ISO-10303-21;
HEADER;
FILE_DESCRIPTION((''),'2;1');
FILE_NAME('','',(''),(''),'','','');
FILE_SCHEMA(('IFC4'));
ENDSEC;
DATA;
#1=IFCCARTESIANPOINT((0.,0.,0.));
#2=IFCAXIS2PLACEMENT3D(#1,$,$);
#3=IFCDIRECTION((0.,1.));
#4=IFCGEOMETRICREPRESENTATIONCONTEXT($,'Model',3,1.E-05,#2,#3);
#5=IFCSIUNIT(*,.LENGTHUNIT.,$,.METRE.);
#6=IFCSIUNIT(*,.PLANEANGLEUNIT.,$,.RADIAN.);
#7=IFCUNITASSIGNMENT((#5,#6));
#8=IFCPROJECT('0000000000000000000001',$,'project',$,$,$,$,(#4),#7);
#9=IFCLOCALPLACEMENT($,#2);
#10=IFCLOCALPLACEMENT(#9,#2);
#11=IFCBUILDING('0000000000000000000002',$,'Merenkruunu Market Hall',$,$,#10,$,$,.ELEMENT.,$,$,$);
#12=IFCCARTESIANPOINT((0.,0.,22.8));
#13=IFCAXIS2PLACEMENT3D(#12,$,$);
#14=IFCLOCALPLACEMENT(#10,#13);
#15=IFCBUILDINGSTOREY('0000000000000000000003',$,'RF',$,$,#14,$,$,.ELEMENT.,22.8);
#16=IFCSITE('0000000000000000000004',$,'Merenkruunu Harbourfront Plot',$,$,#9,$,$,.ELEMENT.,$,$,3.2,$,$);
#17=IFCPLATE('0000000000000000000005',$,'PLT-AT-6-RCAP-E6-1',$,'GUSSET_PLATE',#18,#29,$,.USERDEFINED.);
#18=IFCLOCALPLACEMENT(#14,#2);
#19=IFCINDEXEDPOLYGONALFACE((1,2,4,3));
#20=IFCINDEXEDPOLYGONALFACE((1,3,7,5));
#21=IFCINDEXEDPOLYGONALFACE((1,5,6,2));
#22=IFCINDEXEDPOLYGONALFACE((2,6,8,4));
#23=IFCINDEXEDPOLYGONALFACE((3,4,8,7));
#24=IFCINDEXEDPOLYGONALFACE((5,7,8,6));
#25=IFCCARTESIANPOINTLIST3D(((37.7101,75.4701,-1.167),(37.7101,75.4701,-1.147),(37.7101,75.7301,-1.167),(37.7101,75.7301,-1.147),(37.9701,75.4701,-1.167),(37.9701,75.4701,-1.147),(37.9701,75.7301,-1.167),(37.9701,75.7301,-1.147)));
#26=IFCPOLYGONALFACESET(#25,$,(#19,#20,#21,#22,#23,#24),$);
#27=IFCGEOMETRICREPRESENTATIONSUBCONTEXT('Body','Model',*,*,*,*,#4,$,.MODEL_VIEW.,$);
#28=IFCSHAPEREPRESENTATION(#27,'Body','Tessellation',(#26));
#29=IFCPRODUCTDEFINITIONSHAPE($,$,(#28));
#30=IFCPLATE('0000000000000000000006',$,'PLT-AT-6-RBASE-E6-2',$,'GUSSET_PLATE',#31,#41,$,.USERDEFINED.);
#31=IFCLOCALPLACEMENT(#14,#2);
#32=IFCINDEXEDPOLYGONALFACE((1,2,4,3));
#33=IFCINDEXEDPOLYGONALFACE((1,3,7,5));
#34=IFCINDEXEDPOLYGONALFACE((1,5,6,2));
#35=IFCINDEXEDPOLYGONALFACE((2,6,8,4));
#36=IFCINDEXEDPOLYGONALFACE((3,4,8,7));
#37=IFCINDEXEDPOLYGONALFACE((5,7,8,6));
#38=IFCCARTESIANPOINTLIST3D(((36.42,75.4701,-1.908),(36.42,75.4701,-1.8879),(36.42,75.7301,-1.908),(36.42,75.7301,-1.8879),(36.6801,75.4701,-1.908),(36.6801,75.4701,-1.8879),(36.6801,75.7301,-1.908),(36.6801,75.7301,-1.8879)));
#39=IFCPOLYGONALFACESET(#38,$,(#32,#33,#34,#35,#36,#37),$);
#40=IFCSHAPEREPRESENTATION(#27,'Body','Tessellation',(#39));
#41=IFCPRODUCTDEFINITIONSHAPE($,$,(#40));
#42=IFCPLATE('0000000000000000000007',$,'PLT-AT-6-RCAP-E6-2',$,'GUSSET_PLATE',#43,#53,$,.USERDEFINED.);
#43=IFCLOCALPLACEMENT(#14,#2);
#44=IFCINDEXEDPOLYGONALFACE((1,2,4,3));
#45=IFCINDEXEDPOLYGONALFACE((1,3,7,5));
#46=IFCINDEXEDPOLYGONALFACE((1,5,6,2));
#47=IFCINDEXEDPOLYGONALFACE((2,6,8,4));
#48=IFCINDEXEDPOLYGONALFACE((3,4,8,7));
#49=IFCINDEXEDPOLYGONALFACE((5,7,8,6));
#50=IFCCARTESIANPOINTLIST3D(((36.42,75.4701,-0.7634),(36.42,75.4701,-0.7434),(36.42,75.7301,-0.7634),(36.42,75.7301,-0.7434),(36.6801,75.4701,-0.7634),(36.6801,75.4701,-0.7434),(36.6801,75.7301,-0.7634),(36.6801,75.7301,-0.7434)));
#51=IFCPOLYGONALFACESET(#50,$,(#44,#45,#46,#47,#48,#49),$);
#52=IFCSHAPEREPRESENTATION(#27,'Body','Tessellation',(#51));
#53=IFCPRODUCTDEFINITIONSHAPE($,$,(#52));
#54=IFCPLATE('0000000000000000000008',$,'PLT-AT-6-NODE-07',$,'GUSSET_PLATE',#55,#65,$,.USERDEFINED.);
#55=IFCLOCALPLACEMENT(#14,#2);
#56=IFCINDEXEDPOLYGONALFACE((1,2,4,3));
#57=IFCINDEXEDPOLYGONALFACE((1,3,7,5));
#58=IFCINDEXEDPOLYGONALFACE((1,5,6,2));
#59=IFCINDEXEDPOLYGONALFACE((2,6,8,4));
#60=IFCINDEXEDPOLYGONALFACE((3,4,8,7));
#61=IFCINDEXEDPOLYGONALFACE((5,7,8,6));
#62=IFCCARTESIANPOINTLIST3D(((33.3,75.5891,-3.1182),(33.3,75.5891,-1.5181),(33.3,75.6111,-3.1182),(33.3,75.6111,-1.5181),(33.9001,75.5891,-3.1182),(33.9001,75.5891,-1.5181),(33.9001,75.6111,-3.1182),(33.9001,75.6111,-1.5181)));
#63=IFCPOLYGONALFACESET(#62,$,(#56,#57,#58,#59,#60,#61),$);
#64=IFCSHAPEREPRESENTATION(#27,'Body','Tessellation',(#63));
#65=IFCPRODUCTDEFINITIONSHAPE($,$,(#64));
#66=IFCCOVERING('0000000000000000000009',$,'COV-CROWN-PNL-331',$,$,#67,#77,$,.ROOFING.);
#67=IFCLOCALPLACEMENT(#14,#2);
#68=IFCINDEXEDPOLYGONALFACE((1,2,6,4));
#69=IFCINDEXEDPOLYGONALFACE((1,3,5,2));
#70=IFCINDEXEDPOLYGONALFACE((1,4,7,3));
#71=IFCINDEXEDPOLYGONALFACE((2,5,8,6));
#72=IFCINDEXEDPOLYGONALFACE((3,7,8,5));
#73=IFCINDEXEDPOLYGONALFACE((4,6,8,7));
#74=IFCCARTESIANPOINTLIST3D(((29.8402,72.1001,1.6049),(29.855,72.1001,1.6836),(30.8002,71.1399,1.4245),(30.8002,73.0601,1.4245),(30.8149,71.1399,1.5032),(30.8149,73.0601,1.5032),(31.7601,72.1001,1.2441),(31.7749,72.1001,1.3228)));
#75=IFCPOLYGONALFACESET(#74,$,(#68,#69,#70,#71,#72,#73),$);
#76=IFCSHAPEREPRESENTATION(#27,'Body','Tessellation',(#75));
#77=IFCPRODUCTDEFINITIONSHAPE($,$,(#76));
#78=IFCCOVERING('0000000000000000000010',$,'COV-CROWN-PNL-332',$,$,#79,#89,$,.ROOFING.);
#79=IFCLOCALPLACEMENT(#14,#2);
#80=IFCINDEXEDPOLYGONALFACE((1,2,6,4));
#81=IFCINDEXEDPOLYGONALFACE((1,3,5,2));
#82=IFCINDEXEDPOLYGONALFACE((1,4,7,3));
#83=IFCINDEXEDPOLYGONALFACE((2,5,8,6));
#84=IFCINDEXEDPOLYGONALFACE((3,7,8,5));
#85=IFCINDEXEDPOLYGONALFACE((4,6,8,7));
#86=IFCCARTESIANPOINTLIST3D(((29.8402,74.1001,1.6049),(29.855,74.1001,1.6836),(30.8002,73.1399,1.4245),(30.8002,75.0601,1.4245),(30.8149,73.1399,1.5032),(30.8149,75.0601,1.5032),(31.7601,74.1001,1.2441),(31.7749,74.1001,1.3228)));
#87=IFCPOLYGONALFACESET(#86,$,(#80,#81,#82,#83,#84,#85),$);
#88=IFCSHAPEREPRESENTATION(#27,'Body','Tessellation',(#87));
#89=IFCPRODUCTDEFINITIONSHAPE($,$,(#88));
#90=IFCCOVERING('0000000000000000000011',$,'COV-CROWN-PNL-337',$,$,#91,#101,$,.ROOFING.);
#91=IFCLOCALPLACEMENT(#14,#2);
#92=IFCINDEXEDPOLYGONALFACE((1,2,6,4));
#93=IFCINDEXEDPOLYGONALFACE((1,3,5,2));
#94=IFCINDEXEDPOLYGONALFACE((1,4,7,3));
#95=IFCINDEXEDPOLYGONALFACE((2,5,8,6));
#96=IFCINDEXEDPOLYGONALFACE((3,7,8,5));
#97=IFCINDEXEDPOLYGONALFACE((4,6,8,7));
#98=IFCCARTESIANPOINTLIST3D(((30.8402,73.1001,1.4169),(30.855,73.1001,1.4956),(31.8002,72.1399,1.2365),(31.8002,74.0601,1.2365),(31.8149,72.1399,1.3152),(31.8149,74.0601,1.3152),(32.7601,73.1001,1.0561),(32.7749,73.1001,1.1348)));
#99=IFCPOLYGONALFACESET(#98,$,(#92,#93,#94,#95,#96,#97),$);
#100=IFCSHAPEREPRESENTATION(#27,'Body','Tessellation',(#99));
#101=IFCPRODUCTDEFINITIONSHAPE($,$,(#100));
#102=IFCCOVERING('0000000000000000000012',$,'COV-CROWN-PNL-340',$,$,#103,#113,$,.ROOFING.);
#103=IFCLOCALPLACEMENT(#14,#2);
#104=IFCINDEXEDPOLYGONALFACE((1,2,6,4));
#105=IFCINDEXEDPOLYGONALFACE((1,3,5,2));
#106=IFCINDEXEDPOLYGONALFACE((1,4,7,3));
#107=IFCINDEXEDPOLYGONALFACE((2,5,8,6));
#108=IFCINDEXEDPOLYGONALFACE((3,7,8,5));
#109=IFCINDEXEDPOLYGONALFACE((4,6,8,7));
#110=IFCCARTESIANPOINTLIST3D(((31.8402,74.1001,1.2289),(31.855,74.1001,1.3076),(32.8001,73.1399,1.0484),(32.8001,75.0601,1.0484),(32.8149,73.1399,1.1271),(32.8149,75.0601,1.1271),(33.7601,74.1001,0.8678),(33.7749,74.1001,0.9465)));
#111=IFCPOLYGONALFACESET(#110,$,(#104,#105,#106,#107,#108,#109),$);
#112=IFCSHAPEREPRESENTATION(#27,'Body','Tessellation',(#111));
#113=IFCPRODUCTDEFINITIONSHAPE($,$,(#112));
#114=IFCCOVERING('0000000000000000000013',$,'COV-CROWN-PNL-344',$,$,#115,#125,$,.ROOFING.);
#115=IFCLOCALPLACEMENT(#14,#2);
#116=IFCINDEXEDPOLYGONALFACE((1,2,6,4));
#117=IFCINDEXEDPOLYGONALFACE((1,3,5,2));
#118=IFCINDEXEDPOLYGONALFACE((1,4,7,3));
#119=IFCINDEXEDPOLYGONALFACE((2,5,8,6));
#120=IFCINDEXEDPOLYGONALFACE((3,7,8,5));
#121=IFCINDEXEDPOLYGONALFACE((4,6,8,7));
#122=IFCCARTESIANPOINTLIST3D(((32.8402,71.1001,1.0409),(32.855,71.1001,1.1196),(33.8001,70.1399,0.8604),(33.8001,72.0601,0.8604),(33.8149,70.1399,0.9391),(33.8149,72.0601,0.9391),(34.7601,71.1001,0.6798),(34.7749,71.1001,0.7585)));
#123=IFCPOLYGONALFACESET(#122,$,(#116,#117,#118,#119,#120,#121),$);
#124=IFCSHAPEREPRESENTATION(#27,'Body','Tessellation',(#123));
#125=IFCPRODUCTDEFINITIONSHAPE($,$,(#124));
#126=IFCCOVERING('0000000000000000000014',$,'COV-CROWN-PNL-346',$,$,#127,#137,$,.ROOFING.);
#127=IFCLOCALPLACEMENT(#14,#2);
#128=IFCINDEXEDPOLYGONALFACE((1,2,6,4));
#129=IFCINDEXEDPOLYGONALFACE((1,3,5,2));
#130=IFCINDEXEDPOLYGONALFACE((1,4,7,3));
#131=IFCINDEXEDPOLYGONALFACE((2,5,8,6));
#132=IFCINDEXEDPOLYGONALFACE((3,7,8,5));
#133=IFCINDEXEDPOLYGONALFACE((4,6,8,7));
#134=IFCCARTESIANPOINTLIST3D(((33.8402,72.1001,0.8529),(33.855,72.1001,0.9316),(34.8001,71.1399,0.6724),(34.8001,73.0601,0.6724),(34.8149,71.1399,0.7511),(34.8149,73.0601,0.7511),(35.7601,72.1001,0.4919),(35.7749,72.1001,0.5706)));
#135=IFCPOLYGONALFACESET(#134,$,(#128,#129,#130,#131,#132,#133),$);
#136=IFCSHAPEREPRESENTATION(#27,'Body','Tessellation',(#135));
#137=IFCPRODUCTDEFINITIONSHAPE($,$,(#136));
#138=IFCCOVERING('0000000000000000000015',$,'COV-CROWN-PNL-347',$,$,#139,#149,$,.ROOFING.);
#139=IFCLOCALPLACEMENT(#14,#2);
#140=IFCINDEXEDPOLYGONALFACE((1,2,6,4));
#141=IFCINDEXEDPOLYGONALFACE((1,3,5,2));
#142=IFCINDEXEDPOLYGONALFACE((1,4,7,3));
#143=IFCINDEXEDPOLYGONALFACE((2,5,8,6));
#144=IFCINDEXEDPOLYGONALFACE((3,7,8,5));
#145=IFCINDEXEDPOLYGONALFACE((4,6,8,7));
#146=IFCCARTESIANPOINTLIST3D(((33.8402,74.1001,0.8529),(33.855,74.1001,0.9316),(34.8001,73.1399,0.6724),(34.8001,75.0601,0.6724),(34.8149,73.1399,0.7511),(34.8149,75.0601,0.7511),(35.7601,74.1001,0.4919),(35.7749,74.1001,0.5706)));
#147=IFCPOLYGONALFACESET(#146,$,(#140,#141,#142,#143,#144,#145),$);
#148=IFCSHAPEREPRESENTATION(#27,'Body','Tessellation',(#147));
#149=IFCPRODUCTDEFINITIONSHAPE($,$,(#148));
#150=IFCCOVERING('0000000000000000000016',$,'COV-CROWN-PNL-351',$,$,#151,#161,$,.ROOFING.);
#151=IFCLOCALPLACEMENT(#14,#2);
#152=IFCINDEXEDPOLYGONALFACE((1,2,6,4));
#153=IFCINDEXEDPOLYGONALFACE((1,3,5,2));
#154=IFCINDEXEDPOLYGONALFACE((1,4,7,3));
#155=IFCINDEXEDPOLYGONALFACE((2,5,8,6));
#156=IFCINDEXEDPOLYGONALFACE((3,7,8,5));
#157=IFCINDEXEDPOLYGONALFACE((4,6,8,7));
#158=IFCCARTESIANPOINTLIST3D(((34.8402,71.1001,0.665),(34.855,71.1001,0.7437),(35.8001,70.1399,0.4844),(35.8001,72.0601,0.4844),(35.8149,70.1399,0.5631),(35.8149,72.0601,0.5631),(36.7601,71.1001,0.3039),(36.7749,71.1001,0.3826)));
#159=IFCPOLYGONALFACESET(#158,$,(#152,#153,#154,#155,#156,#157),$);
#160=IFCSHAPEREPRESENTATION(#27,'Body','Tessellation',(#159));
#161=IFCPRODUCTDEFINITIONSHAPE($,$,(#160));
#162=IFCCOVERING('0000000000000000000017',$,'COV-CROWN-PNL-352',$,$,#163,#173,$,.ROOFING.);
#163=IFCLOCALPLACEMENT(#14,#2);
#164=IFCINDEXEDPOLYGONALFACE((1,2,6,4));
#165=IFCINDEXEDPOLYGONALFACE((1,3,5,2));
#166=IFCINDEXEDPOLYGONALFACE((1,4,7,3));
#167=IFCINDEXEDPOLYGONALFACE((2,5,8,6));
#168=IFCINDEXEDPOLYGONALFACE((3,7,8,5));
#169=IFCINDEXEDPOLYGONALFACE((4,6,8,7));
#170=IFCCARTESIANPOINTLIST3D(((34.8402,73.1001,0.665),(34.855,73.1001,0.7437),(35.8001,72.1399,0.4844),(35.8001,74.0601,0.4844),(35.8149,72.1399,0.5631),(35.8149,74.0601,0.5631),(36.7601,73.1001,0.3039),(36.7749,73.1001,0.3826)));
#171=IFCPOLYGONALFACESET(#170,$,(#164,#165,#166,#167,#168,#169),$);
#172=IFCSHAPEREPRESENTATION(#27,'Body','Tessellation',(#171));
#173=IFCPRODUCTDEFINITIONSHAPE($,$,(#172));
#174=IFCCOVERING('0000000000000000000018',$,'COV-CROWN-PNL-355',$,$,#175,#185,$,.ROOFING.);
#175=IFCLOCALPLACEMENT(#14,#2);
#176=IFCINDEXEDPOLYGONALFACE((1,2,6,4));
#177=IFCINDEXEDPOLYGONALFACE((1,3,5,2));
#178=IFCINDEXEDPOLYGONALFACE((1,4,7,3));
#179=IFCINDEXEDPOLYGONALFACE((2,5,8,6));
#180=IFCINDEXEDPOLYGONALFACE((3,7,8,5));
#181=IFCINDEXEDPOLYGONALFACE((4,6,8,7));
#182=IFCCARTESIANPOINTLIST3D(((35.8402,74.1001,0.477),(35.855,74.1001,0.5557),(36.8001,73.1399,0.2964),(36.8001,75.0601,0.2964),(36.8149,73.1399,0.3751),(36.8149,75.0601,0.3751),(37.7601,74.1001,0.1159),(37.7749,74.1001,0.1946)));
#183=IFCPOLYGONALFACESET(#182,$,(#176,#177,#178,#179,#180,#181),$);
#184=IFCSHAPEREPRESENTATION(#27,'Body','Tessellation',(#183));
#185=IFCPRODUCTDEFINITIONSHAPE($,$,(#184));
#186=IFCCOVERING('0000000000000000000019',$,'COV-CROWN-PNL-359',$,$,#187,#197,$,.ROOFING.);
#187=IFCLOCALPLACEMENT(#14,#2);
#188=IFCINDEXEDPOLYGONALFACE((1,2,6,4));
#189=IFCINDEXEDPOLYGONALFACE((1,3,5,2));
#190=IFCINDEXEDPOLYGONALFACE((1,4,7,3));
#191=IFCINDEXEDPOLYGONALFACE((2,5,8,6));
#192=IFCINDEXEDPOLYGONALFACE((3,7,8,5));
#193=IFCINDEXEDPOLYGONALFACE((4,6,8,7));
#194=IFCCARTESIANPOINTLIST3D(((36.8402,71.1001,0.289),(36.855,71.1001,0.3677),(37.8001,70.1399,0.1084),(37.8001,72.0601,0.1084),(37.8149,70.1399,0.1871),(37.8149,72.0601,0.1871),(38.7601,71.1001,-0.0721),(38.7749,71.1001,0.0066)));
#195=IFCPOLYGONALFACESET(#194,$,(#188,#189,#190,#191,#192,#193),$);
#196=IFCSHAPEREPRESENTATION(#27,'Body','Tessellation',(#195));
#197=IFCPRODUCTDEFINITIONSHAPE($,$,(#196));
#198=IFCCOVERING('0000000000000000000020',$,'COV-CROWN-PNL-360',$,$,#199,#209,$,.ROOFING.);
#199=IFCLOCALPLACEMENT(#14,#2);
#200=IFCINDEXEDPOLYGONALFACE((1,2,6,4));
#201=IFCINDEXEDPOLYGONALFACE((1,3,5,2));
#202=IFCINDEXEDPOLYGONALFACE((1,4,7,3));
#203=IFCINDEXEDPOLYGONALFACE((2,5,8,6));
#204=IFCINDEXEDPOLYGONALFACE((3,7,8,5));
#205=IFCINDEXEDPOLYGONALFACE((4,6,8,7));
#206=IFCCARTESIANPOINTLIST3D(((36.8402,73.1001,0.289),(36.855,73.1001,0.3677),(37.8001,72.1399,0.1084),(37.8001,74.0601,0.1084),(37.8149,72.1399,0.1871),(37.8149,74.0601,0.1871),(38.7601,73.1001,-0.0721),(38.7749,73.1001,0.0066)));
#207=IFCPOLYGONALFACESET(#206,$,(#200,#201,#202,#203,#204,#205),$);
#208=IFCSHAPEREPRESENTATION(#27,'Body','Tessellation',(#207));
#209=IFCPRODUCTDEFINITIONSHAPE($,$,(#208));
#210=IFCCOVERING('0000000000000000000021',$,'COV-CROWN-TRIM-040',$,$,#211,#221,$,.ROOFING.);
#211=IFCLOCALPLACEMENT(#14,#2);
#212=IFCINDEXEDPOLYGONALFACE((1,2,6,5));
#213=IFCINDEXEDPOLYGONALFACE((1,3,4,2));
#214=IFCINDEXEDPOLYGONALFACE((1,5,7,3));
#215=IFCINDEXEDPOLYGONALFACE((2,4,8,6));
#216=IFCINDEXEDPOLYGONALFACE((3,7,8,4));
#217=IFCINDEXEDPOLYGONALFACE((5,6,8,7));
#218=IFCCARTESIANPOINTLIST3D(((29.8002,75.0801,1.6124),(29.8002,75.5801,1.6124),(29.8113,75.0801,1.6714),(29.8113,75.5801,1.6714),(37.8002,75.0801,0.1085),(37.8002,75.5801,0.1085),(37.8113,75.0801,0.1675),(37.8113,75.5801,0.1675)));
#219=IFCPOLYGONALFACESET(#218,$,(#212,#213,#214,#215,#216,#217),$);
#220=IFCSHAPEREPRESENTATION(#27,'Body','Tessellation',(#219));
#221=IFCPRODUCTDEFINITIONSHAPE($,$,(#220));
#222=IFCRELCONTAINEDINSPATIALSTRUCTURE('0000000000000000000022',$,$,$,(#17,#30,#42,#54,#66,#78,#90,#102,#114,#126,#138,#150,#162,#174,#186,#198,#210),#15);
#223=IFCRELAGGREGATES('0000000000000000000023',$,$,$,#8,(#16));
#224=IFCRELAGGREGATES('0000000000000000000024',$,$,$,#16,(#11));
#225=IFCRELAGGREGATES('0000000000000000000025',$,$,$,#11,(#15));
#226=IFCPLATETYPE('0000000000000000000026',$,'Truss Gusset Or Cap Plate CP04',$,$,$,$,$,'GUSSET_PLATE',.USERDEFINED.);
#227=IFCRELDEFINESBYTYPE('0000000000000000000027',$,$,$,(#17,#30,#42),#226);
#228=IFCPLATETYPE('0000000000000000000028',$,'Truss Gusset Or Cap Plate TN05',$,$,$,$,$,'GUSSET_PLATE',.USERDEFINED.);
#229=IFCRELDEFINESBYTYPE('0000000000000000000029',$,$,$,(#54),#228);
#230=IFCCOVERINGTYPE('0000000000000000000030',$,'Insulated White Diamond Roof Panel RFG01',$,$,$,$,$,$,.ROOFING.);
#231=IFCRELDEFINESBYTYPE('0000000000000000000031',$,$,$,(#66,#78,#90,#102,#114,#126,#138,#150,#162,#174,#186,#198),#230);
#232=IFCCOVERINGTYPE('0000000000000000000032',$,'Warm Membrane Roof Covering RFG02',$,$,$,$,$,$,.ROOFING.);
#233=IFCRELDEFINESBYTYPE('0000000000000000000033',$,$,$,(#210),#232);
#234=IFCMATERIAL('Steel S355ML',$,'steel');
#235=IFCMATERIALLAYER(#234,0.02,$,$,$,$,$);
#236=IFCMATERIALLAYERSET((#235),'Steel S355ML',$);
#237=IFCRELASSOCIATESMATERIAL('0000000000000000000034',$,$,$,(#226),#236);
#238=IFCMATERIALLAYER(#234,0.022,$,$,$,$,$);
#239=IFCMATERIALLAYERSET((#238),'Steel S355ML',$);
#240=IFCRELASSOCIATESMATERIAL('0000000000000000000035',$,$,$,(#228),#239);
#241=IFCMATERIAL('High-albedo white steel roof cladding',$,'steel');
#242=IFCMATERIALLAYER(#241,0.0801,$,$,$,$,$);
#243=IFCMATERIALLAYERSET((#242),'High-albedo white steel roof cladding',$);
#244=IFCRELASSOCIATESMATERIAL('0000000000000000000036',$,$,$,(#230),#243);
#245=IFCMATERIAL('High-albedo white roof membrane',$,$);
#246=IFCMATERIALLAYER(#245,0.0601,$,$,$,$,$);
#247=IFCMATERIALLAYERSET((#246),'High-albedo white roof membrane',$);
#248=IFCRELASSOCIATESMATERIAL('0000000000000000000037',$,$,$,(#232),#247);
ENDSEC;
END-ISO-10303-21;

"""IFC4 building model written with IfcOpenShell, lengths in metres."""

from ifc_helpers import new_model, si_unit, direction, frame, origin, origin_2d, place, context, subcontext, project, spatial, polyline, rectangle, outline, extrude, material, layer, layer_set, type_object, element, save


model = new_model("IFC4")

# Units and contexts
model_context = context("Model", 3, precision=1e-05, world=origin(), true_north=direction((0.0, 1.0)))
body_context = subcontext(model_context, "Body", "Model", "MODEL_VIEW")
ifc_project = project(units=[si_unit("LENGTHUNIT", "METRE"), si_unit("PLANEANGLEUNIT", "RADIAN")], contexts=[model_context])

# Site, building, storey
site_placement = place(None, origin())
site = spatial("IfcSite", under=ifc_project, at=site_placement, Name="Merenkruunu Harbourfront Plot", CompositionType="ELEMENT", RefElevation=3.2)
building_placement = place(site_placement, origin())
building = spatial("IfcBuilding", under=site, at=building_placement, Name="Merenkruunu Market Hall", CompositionType="ELEMENT")
storey_placement = place(building_placement, frame((0.0, 0.0, 22.8)))
storey = spatial("IfcBuildingStorey", under=building, at=storey_placement, Name="RF", CompositionType="ELEMENT", Elevation=22.8)

# Shared definitions
ifc_material_1 = material(Name="Steel S355ML", Category="steel")

# Plates
ifc_layer_1 = layer(ifc_material_1, 0.02)
ifc_layer_set_1 = layer_set([ifc_layer_1], Name="Steel S355ML")
plate_type_1 = type_object("IfcPlateType", Name="Truss Gusset Or Cap Plate CP04", ElementType="GUSSET_PLATE", PredefinedType="USERDEFINED", material=ifc_layer_set_1)
for number, where, z_axis, x_axis, name in (
    (1, (37.8401, 75.6001, -1.167), (0.0, 0.0, 1.0), (1.0, 0.0, 0.0), "PLT-AT-6-RCAP-E6-1"),
    (2, (36.55, 75.6001, -1.908), (0.0, 0.0, 1.0), (1.0, 0.0, 0.0), "PLT-AT-6-RBASE-E6-2"),
    (3, (36.55, 75.6001, -0.7634), (0.0, 0.0, 1.0), (1.0, 0.0, 0.0), "PLT-AT-6-RCAP-E6-2"),
):
    element("IfcPlate", number, at=place(storey_placement, frame(where, z_axis=z_axis, x_axis=x_axis)), inside=storey, type_object=plate_type_1, Name=name, ObjectType="GUSSET_PLATE", PredefinedType="USERDEFINED", context=body_context, shape_type="SweptSolid", body=[
        extrude(rectangle(XDim=0.26, YDim=0.26, at=origin_2d()), origin(), (0.0, 0.0, 1.0), 0.02),
    ])
ifc_layer_2 = layer(ifc_material_1, 0.022)
ifc_layer_set_2 = layer_set([ifc_layer_2], Name="Steel S355ML")
plate_type_2 = type_object("IfcPlateType", Name="Truss Gusset Or Cap Plate TN05", ElementType="GUSSET_PLATE", PredefinedType="USERDEFINED", material=ifc_layer_set_2)
plate_placement = place(storey_placement, frame((33.6001, 75.6001, -3.1182), z_axis=(0.0, 0.0, 1.0), x_axis=(1.0, 0.0, 0.0)))
element("IfcPlate", 4, at=plate_placement, inside=storey, type_object=plate_type_2, Name="PLT-AT-6-NODE-07", ObjectType="GUSSET_PLATE", PredefinedType="USERDEFINED", context=body_context, shape_type="SweptSolid", body=[
    extrude(rectangle(XDim=0.6001, YDim=0.022, at=origin_2d()), origin(), (0.0, 0.0, 1.0), 1.6001),
])

# Coverings
ifc_material_2 = material(Name="High-albedo white steel roof cladding", Category="steel")
ifc_layer_3 = layer(ifc_material_2, 0.0801)
ifc_layer_set_3 = layer_set([ifc_layer_3], Name="High-albedo white steel roof cladding")
covering_type_1 = type_object("IfcCoveringType", Name="Insulated White Diamond Roof Panel RFG01", PredefinedType="ROOFING", material=ifc_layer_set_3)
for number, where, z_axis, x_axis, name in (
    (5, (29.855, 72.1001, 1.6836), (0.184711, 0.0, 0.982793), (0.700856, -0.701035, -0.131722), "COV-CROWN-PNL-331"),
    (6, (29.855, 74.1001, 1.6836), (0.184711, 0.0, 0.982793), (0.700856, -0.701035, -0.131722), "COV-CROWN-PNL-332"),
    (7, (30.855, 73.1001, 1.4956), (0.184711, 0.0, 0.982793), (0.700856, -0.701035, -0.131722), "COV-CROWN-PNL-337"),
):
    element("IfcCovering", number, at=place(storey_placement, frame(where, z_axis=z_axis, x_axis=x_axis)), inside=storey, type_object=covering_type_1, Name=name, PredefinedType="ROOFING", context=body_context, shape_type="SweptSolid", body=[
        extrude(outline(polyline([(0.0, 0.0), (1.3697, 0.0), (1.3931, 1.3695), (0.0236, 1.3693), (0.0, 0.0)])), origin(), (0.0, 0.0, -1.0), 0.0801),
    ])
for number, where, z_axis, x_axis, name in (
    (8, (31.855, 74.1001, 1.3076), (0.184832, 0.0, 0.98277), (0.70084, -0.701035, -0.131809), "COV-CROWN-PNL-340"),
    (9, (32.855, 71.1001, 1.1196), (0.184832, 0.0, 0.98277), (0.70084, -0.701035, -0.131809), "COV-CROWN-PNL-344"),
    (10, (33.855, 72.1001, 0.9316), (0.184832, 0.0, 0.98277), (0.70084, -0.701035, -0.131809), "COV-CROWN-PNL-346"),
    (11, (33.855, 74.1001, 0.9316), (0.184832, 0.0, 0.98277), (0.70084, -0.701035, -0.131809), "COV-CROWN-PNL-347"),
    (12, (34.855, 71.1001, 0.7437), (0.184832, 0.0, 0.98277), (0.70084, -0.701035, -0.131809), "COV-CROWN-PNL-351"),
    (13, (34.855, 73.1001, 0.7437), (0.184832, 0.0, 0.98277), (0.70084, -0.701035, -0.131809), "COV-CROWN-PNL-352"),
    (14, (35.855, 74.1001, 0.5557), (0.184832, 0.0, 0.98277), (0.70084, -0.701035, -0.131809), "COV-CROWN-PNL-355"),
    (15, (36.855, 71.1001, 0.3677), (0.184832, 0.0, 0.98277), (0.70084, -0.701035, -0.131809), "COV-CROWN-PNL-359"),
    (16, (36.855, 73.1001, 0.3677), (0.184832, 0.0, 0.98277), (0.70084, -0.701035, -0.131809), "COV-CROWN-PNL-360"),
):
    element("IfcCovering", number, at=place(storey_placement, frame(where, z_axis=z_axis, x_axis=x_axis)), inside=storey, type_object=covering_type_1, Name=name, PredefinedType="ROOFING", context=body_context, shape_type="SweptSolid", body=[
        extrude(outline(polyline([(0.0, 0.0), (1.3697, 0.0), (1.3932, 1.3695), (0.0236, 1.3693), (0.0, 0.0)])), origin(), (0.0, 0.0, -1.0), 0.0801),
    ])
ifc_material_3 = material(Name="High-albedo white roof membrane")
ifc_layer_4 = layer(ifc_material_3, 0.0601)
ifc_layer_set_4 = layer_set([ifc_layer_4], Name="High-albedo white roof membrane")
covering_type_2 = type_object("IfcCoveringType", Name="Warm Membrane Roof Covering RFG02", PredefinedType="ROOFING", material=ifc_layer_set_4)
covering_placement = place(storey_placement, frame((29.8113, 75.0801, 1.6714), z_axis=(0.184752, 0.0, 0.982785), x_axis=(0.982785, 0.0, -0.184752)))
element("IfcCovering", 17, at=covering_placement, inside=storey, type_object=covering_type_2, Name="COV-CROWN-TRIM-040", PredefinedType="ROOFING", context=body_context, shape_type="SweptSolid", body=[
    extrude(outline(polyline([(0.0, 0.0), (8.1401, 0.0), (8.1401, 0.5), (0.0, 0.5), (0.0, 0.0)])), origin(), (0.0, 0.0, -1.0), 0.0601),
])

save(model, "model.ifc")
